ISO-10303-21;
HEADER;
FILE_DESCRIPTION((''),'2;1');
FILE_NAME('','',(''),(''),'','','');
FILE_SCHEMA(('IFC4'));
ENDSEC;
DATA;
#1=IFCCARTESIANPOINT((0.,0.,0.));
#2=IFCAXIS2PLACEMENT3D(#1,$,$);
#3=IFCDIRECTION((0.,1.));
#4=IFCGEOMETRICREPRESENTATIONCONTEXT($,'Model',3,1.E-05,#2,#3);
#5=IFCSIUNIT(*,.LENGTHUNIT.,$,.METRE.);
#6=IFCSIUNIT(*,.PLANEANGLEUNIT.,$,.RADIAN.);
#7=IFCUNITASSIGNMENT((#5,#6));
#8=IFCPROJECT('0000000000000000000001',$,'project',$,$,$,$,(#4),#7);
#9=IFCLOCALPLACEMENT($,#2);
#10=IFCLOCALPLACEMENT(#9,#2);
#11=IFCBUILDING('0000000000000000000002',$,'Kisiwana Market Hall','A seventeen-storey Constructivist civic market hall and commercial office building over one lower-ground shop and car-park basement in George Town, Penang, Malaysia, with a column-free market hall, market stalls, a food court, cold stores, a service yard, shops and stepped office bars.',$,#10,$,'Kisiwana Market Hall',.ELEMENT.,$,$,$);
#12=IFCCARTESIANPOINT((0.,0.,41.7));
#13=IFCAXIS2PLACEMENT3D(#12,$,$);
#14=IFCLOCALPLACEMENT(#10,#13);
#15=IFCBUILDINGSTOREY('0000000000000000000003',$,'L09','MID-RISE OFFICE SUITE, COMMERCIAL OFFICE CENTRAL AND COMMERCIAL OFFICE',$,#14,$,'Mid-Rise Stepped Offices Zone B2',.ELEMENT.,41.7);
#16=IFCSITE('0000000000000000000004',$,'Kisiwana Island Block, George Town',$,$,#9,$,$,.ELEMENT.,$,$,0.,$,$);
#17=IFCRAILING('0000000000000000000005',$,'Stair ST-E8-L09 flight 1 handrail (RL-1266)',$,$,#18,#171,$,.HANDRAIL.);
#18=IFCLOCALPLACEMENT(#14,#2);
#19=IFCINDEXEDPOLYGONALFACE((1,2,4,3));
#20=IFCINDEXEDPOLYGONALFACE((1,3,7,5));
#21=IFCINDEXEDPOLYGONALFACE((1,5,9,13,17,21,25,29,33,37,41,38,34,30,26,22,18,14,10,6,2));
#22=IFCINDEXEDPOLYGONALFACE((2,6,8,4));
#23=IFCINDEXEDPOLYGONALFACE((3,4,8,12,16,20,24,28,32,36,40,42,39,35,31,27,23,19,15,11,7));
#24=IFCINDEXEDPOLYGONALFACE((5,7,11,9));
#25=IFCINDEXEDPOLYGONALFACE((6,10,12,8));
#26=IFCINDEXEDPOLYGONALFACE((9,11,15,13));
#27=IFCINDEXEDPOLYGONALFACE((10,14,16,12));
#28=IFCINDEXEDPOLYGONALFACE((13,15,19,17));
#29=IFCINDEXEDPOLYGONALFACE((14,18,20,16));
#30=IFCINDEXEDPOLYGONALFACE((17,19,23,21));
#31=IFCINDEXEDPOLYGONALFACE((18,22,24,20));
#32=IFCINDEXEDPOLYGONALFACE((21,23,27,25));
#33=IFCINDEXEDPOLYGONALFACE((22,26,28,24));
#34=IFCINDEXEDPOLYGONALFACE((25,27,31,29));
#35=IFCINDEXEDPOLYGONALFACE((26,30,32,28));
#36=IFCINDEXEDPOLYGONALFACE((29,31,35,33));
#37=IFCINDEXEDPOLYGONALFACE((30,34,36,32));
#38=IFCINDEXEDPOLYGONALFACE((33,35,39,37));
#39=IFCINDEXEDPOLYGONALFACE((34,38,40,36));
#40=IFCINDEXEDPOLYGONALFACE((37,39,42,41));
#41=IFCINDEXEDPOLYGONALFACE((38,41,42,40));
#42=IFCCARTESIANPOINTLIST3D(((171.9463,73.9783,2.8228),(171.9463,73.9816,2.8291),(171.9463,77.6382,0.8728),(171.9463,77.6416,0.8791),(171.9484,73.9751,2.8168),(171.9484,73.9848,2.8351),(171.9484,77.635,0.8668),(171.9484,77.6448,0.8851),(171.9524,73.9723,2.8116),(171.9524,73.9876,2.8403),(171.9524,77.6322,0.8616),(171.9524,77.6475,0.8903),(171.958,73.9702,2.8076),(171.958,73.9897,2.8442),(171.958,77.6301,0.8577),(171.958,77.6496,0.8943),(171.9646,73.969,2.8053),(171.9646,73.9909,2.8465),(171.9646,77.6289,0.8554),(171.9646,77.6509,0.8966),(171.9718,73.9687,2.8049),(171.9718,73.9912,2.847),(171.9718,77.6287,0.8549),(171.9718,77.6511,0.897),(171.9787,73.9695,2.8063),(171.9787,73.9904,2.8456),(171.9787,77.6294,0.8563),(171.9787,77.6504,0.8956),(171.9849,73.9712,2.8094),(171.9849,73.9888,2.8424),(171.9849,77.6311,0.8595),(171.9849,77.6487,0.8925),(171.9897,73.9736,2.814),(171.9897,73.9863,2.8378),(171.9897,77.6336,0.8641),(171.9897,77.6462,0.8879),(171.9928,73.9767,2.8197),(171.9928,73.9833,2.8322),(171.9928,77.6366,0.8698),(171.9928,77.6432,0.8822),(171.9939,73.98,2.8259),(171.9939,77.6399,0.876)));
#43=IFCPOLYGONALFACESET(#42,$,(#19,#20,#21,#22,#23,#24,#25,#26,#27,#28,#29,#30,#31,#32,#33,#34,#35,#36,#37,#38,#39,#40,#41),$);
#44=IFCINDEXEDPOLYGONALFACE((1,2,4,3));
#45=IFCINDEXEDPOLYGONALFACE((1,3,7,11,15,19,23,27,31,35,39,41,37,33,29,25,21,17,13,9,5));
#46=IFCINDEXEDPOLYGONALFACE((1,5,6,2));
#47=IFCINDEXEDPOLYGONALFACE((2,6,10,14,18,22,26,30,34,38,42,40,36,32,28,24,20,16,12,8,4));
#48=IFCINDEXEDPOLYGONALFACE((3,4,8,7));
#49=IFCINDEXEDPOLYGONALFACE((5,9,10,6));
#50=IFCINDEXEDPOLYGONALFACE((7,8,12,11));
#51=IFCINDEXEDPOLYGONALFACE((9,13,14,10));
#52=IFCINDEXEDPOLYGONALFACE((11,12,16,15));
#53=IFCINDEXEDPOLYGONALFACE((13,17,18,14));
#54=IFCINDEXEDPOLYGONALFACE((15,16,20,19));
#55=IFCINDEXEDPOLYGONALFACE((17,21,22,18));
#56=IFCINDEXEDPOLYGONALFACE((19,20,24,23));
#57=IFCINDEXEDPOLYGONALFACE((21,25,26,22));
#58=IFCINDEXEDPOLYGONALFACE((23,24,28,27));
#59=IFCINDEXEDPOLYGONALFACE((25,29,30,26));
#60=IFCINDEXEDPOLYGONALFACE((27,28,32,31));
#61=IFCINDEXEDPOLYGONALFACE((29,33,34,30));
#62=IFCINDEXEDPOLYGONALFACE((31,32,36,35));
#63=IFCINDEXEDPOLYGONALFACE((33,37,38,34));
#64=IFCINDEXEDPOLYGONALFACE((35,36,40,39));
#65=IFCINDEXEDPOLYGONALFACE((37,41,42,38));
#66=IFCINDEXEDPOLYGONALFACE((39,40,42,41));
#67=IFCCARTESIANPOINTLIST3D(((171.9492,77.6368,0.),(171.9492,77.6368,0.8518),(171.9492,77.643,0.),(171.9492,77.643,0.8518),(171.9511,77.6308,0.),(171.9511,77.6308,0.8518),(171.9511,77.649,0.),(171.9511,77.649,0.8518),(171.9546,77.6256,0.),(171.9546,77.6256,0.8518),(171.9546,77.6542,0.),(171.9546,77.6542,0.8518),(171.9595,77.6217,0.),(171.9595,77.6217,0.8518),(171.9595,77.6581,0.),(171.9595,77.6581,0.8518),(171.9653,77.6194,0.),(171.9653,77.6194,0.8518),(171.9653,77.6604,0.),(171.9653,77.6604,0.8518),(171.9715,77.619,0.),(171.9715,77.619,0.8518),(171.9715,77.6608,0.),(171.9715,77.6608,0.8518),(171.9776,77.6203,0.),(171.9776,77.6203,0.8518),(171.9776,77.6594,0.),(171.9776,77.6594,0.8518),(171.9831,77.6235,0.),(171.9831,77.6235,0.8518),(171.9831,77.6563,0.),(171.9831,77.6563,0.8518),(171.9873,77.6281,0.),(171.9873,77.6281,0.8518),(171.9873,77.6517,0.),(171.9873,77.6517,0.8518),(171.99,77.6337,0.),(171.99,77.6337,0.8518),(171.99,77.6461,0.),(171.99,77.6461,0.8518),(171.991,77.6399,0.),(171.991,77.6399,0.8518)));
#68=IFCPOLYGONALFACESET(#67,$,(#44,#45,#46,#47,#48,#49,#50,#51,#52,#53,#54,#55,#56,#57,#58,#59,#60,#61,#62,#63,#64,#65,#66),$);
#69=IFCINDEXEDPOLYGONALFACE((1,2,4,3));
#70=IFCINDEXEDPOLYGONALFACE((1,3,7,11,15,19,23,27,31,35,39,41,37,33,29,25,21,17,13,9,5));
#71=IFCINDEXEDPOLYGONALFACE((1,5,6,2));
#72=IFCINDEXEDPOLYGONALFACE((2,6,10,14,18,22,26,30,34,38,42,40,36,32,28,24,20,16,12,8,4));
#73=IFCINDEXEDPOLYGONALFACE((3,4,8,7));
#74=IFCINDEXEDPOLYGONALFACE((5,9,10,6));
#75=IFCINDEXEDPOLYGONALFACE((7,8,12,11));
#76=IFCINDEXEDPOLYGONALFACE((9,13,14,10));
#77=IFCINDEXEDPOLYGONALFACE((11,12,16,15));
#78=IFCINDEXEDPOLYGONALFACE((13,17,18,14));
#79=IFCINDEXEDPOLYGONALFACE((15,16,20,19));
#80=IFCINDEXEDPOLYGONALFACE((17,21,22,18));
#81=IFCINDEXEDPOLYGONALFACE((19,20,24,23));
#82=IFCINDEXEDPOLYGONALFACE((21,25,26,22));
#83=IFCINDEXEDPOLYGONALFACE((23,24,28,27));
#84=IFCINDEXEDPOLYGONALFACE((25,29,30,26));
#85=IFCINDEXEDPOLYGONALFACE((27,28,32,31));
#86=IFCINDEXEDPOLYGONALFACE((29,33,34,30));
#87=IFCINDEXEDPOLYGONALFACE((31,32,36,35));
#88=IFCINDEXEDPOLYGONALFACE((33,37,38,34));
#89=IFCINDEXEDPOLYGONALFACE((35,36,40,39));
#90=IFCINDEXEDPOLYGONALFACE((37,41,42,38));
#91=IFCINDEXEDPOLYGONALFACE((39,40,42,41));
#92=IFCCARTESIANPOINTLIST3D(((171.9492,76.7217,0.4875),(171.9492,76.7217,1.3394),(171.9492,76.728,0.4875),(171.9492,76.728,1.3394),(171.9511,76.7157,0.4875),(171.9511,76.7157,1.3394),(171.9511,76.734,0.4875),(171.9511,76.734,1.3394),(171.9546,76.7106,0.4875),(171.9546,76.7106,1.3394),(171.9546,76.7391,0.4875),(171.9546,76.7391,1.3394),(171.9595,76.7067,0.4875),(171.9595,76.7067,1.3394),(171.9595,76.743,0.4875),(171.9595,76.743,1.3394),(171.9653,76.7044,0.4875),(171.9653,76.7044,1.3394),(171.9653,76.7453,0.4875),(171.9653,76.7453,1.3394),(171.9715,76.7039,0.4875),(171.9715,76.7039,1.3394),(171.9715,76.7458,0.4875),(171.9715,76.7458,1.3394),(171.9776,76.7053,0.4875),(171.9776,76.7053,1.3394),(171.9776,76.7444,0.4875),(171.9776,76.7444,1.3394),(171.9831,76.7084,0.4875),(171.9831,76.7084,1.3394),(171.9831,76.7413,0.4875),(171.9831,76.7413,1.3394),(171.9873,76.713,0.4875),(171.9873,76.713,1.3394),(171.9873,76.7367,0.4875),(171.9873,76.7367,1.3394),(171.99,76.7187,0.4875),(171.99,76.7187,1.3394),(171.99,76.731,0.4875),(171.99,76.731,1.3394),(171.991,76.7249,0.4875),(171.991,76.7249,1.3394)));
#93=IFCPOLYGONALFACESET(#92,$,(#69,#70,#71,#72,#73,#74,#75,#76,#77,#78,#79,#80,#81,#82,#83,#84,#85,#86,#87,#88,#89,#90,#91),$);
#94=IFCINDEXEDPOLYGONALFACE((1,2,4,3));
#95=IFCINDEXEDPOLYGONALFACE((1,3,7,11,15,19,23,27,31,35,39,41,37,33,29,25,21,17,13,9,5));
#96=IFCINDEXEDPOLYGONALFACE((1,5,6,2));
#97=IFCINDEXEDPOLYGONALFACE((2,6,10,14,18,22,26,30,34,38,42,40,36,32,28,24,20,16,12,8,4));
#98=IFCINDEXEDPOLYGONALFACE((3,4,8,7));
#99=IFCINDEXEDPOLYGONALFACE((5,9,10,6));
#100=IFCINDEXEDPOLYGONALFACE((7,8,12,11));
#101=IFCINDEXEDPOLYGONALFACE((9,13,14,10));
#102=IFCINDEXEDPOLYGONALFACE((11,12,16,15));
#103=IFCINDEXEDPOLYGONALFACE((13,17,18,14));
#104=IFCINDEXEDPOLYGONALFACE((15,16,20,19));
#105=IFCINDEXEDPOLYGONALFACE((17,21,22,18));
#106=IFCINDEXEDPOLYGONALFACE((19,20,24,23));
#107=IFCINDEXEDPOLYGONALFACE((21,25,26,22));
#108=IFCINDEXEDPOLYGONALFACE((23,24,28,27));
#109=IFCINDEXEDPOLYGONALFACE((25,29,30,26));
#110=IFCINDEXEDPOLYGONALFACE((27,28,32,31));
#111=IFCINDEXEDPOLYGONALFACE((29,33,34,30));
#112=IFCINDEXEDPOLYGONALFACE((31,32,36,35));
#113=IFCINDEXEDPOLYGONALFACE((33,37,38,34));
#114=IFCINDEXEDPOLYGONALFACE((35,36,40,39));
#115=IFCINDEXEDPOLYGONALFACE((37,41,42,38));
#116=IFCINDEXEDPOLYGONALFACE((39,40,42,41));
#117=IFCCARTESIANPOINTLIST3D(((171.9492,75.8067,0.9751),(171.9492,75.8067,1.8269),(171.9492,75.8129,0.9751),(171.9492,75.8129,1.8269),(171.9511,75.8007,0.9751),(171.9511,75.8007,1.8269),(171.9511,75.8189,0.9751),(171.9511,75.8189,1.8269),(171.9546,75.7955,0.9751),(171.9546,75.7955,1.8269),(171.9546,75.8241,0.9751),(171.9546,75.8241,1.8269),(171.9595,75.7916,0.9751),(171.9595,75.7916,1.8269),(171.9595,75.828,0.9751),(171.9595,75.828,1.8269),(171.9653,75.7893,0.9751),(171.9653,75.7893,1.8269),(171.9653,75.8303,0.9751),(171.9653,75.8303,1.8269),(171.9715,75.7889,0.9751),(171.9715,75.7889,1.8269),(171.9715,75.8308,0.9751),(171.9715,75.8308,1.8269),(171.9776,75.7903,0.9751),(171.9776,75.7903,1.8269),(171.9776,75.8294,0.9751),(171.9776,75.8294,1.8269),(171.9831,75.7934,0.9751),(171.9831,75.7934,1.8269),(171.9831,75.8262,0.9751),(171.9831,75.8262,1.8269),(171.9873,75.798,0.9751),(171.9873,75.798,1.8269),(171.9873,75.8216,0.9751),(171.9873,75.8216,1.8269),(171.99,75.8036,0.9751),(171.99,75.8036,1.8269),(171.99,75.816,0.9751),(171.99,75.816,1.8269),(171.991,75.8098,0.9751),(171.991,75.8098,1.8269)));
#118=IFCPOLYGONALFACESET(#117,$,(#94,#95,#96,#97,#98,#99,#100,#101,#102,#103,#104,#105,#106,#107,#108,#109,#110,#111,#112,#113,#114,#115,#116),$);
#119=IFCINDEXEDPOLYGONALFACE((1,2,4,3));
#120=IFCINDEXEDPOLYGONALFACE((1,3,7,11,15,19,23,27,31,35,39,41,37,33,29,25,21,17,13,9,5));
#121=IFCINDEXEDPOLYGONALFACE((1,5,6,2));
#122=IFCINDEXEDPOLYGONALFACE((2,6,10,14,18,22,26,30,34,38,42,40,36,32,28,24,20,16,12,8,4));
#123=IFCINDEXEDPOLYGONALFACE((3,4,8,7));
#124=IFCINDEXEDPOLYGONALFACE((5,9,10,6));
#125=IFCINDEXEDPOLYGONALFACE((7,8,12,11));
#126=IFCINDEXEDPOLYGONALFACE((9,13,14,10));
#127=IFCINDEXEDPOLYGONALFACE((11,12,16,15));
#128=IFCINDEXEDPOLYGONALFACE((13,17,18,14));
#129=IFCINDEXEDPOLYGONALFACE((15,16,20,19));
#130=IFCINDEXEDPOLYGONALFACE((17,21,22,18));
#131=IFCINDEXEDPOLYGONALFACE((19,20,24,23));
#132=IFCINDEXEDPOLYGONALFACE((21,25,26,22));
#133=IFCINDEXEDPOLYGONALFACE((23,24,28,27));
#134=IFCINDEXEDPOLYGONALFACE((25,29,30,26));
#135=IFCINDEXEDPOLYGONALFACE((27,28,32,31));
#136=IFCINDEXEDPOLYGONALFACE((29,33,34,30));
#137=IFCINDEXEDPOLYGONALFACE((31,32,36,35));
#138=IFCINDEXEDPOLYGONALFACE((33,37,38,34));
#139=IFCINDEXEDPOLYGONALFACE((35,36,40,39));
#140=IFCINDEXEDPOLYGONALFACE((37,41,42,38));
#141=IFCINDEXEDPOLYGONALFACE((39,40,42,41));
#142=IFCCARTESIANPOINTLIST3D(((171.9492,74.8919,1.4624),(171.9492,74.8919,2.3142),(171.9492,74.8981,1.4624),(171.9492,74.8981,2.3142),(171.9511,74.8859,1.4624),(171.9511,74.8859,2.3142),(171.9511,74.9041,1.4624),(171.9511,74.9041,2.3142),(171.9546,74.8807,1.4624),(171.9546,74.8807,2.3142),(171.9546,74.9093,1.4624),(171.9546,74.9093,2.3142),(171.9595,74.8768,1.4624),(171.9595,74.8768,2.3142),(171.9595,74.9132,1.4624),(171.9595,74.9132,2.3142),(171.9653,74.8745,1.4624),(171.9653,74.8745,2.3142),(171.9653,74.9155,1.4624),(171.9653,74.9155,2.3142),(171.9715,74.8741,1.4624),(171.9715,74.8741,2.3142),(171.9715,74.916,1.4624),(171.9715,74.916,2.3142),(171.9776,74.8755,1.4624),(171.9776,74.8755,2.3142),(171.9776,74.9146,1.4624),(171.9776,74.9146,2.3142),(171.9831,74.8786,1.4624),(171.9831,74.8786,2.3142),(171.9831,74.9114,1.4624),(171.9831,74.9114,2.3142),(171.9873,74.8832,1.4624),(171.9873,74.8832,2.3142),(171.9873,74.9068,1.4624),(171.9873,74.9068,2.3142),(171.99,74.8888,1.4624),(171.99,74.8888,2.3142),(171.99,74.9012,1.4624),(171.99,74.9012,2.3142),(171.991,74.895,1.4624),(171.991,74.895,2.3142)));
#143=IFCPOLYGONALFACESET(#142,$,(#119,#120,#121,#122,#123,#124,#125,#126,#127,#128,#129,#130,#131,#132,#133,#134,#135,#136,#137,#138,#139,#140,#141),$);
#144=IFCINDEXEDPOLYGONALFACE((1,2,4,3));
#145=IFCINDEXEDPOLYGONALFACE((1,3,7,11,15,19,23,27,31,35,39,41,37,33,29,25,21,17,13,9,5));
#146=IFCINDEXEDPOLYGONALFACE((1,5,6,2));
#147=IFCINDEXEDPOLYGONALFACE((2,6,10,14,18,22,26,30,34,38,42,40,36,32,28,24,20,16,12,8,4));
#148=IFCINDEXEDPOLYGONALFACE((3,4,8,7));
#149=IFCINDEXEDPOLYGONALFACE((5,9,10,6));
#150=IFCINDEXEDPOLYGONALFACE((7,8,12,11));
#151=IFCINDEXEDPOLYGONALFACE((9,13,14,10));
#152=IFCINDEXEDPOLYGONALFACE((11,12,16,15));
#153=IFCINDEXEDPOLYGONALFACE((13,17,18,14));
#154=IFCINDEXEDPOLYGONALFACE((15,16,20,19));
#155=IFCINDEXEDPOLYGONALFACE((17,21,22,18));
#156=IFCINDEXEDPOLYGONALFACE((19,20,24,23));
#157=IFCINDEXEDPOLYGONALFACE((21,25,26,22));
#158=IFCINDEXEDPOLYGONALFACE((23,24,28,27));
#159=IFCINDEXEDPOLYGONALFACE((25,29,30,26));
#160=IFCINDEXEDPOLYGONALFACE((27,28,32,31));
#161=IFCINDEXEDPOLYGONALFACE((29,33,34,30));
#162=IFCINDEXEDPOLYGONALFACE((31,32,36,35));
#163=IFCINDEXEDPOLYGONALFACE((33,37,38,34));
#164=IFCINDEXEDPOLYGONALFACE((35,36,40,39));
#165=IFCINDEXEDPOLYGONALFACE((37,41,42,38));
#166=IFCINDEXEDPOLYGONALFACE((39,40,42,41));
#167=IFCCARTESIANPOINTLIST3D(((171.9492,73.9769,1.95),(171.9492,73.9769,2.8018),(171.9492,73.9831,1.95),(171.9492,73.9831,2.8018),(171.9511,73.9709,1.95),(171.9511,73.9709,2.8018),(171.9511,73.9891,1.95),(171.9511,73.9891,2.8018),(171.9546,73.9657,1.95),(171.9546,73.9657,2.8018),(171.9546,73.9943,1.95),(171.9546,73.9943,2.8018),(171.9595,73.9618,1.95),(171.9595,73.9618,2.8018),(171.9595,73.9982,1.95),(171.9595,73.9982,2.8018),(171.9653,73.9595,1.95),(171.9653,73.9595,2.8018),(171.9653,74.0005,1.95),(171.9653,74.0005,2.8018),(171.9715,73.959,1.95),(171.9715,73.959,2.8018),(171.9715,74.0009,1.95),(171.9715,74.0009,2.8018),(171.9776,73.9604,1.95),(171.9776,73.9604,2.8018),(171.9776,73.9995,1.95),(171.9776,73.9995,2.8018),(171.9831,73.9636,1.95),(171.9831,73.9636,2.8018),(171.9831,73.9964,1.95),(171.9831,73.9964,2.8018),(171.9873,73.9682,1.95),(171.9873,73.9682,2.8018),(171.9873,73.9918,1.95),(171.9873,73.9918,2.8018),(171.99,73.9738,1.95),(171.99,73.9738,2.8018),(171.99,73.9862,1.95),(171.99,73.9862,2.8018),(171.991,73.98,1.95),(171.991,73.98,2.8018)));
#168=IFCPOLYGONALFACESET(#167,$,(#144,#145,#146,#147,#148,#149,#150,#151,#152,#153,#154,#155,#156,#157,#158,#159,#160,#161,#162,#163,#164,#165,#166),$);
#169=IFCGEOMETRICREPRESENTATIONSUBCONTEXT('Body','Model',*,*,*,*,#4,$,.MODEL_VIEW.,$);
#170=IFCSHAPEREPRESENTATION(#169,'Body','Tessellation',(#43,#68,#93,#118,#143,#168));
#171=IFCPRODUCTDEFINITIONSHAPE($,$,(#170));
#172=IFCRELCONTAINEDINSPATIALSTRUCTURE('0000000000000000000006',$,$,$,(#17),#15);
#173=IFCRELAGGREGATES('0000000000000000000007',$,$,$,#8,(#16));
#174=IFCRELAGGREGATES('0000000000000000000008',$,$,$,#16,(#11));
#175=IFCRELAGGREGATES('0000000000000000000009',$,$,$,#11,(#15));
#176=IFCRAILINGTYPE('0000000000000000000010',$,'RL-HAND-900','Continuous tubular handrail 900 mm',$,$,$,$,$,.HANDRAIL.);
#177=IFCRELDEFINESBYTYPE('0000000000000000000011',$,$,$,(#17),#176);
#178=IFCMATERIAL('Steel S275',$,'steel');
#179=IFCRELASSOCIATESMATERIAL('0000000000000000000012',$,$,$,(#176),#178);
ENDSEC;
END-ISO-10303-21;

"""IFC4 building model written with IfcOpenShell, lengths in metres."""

from ifc_helpers import new_model, si_unit, direction, frame, origin, origin_2d, place, context, subcontext, project, spatial, circle, extrude, material, type_object, element, save


model = new_model("IFC4")

# Units and contexts
model_context = context("Model", 3, precision=1e-05, world=origin(), true_north=direction((0.0, 1.0)))
body_context = subcontext(model_context, "Body", "Model", "MODEL_VIEW")
ifc_project = project(units=[si_unit("LENGTHUNIT", "METRE"), si_unit("PLANEANGLEUNIT", "RADIAN")], contexts=[model_context])

# Site, building, storey
site_placement = place(None, origin())
site = spatial("IfcSite", under=ifc_project, at=site_placement, Name="Kisiwana Island Block, George Town", CompositionType="ELEMENT", RefElevation=0.0)
building_placement = place(site_placement, origin())
building = spatial("IfcBuilding", under=site, at=building_placement, Name="Kisiwana Market Hall", Description="A seventeen-storey Constructivist civic market hall and commercial office building over one lower-ground shop and car-park basement in George Town, Penang, Malaysia, with a column-free market hall, market stalls, a food court, cold stores, a service yard, shops and stepped office bars.", LongName="Kisiwana Market Hall", CompositionType="ELEMENT")
storey_placement = place(building_placement, frame((0.0, 0.0, 41.7)))
storey = spatial("IfcBuildingStorey", under=building, at=storey_placement, Name="L09", Description="MID-RISE OFFICE SUITE, COMMERCIAL OFFICE CENTRAL AND COMMERCIAL OFFICE", LongName="Mid-Rise Stepped Offices Zone B2", CompositionType="ELEMENT", Elevation=41.7)

# Railing
ifc_material_1 = material(Name="Steel S275", Category="steel")
railing_type_1 = type_object("IfcRailingType", Name="RL-HAND-900", Description="Continuous tubular handrail 900 mm", PredefinedType="HANDRAIL", material=ifc_material_1)
railing_1_placement = place(storey_placement, frame((171.97, 77.6399, 0.0)))
element("IfcRailing", 1, at=railing_1_placement, inside=storey, type_object=railing_type_1, Name="Stair ST-E8-L09 flight 1 handrail (RL-1266)", PredefinedType="HANDRAIL", context=body_context, shape_type="SweptSolid", body=[
    extrude(circle(Radius=0.0239, at=origin_2d()), frame((0.0, 0.0, 0.876), z_axis=(0.0, -0.882553, 0.470212), x_axis=(1.0, 0.0, 0.0)), (0.0, 0.0, 1.0), 4.147),
    extrude(circle(Radius=0.021, at=origin_2d()), origin(), (0.0, 0.0, 1.0), 0.8518),
    extrude(circle(Radius=0.021, at=origin_2d()), frame((0.0, -0.915, 0.4875)), (0.0, 0.0, 1.0), 0.8518),
    extrude(circle(Radius=0.021, at=origin_2d()), frame((0.0, -1.8301, 0.9751)), (0.0, 0.0, 1.0), 0.8518),
    extrude(circle(Radius=0.021, at=origin_2d()), frame((0.0, -2.7449, 1.4624)), (0.0, 0.0, 1.0), 0.8518),
    extrude(circle(Radius=0.021, at=origin_2d()), frame((0.0, -3.6599, 1.95)), (0.0, 0.0, 1.0), 0.8518),
])

save(model, "model.ifc")
